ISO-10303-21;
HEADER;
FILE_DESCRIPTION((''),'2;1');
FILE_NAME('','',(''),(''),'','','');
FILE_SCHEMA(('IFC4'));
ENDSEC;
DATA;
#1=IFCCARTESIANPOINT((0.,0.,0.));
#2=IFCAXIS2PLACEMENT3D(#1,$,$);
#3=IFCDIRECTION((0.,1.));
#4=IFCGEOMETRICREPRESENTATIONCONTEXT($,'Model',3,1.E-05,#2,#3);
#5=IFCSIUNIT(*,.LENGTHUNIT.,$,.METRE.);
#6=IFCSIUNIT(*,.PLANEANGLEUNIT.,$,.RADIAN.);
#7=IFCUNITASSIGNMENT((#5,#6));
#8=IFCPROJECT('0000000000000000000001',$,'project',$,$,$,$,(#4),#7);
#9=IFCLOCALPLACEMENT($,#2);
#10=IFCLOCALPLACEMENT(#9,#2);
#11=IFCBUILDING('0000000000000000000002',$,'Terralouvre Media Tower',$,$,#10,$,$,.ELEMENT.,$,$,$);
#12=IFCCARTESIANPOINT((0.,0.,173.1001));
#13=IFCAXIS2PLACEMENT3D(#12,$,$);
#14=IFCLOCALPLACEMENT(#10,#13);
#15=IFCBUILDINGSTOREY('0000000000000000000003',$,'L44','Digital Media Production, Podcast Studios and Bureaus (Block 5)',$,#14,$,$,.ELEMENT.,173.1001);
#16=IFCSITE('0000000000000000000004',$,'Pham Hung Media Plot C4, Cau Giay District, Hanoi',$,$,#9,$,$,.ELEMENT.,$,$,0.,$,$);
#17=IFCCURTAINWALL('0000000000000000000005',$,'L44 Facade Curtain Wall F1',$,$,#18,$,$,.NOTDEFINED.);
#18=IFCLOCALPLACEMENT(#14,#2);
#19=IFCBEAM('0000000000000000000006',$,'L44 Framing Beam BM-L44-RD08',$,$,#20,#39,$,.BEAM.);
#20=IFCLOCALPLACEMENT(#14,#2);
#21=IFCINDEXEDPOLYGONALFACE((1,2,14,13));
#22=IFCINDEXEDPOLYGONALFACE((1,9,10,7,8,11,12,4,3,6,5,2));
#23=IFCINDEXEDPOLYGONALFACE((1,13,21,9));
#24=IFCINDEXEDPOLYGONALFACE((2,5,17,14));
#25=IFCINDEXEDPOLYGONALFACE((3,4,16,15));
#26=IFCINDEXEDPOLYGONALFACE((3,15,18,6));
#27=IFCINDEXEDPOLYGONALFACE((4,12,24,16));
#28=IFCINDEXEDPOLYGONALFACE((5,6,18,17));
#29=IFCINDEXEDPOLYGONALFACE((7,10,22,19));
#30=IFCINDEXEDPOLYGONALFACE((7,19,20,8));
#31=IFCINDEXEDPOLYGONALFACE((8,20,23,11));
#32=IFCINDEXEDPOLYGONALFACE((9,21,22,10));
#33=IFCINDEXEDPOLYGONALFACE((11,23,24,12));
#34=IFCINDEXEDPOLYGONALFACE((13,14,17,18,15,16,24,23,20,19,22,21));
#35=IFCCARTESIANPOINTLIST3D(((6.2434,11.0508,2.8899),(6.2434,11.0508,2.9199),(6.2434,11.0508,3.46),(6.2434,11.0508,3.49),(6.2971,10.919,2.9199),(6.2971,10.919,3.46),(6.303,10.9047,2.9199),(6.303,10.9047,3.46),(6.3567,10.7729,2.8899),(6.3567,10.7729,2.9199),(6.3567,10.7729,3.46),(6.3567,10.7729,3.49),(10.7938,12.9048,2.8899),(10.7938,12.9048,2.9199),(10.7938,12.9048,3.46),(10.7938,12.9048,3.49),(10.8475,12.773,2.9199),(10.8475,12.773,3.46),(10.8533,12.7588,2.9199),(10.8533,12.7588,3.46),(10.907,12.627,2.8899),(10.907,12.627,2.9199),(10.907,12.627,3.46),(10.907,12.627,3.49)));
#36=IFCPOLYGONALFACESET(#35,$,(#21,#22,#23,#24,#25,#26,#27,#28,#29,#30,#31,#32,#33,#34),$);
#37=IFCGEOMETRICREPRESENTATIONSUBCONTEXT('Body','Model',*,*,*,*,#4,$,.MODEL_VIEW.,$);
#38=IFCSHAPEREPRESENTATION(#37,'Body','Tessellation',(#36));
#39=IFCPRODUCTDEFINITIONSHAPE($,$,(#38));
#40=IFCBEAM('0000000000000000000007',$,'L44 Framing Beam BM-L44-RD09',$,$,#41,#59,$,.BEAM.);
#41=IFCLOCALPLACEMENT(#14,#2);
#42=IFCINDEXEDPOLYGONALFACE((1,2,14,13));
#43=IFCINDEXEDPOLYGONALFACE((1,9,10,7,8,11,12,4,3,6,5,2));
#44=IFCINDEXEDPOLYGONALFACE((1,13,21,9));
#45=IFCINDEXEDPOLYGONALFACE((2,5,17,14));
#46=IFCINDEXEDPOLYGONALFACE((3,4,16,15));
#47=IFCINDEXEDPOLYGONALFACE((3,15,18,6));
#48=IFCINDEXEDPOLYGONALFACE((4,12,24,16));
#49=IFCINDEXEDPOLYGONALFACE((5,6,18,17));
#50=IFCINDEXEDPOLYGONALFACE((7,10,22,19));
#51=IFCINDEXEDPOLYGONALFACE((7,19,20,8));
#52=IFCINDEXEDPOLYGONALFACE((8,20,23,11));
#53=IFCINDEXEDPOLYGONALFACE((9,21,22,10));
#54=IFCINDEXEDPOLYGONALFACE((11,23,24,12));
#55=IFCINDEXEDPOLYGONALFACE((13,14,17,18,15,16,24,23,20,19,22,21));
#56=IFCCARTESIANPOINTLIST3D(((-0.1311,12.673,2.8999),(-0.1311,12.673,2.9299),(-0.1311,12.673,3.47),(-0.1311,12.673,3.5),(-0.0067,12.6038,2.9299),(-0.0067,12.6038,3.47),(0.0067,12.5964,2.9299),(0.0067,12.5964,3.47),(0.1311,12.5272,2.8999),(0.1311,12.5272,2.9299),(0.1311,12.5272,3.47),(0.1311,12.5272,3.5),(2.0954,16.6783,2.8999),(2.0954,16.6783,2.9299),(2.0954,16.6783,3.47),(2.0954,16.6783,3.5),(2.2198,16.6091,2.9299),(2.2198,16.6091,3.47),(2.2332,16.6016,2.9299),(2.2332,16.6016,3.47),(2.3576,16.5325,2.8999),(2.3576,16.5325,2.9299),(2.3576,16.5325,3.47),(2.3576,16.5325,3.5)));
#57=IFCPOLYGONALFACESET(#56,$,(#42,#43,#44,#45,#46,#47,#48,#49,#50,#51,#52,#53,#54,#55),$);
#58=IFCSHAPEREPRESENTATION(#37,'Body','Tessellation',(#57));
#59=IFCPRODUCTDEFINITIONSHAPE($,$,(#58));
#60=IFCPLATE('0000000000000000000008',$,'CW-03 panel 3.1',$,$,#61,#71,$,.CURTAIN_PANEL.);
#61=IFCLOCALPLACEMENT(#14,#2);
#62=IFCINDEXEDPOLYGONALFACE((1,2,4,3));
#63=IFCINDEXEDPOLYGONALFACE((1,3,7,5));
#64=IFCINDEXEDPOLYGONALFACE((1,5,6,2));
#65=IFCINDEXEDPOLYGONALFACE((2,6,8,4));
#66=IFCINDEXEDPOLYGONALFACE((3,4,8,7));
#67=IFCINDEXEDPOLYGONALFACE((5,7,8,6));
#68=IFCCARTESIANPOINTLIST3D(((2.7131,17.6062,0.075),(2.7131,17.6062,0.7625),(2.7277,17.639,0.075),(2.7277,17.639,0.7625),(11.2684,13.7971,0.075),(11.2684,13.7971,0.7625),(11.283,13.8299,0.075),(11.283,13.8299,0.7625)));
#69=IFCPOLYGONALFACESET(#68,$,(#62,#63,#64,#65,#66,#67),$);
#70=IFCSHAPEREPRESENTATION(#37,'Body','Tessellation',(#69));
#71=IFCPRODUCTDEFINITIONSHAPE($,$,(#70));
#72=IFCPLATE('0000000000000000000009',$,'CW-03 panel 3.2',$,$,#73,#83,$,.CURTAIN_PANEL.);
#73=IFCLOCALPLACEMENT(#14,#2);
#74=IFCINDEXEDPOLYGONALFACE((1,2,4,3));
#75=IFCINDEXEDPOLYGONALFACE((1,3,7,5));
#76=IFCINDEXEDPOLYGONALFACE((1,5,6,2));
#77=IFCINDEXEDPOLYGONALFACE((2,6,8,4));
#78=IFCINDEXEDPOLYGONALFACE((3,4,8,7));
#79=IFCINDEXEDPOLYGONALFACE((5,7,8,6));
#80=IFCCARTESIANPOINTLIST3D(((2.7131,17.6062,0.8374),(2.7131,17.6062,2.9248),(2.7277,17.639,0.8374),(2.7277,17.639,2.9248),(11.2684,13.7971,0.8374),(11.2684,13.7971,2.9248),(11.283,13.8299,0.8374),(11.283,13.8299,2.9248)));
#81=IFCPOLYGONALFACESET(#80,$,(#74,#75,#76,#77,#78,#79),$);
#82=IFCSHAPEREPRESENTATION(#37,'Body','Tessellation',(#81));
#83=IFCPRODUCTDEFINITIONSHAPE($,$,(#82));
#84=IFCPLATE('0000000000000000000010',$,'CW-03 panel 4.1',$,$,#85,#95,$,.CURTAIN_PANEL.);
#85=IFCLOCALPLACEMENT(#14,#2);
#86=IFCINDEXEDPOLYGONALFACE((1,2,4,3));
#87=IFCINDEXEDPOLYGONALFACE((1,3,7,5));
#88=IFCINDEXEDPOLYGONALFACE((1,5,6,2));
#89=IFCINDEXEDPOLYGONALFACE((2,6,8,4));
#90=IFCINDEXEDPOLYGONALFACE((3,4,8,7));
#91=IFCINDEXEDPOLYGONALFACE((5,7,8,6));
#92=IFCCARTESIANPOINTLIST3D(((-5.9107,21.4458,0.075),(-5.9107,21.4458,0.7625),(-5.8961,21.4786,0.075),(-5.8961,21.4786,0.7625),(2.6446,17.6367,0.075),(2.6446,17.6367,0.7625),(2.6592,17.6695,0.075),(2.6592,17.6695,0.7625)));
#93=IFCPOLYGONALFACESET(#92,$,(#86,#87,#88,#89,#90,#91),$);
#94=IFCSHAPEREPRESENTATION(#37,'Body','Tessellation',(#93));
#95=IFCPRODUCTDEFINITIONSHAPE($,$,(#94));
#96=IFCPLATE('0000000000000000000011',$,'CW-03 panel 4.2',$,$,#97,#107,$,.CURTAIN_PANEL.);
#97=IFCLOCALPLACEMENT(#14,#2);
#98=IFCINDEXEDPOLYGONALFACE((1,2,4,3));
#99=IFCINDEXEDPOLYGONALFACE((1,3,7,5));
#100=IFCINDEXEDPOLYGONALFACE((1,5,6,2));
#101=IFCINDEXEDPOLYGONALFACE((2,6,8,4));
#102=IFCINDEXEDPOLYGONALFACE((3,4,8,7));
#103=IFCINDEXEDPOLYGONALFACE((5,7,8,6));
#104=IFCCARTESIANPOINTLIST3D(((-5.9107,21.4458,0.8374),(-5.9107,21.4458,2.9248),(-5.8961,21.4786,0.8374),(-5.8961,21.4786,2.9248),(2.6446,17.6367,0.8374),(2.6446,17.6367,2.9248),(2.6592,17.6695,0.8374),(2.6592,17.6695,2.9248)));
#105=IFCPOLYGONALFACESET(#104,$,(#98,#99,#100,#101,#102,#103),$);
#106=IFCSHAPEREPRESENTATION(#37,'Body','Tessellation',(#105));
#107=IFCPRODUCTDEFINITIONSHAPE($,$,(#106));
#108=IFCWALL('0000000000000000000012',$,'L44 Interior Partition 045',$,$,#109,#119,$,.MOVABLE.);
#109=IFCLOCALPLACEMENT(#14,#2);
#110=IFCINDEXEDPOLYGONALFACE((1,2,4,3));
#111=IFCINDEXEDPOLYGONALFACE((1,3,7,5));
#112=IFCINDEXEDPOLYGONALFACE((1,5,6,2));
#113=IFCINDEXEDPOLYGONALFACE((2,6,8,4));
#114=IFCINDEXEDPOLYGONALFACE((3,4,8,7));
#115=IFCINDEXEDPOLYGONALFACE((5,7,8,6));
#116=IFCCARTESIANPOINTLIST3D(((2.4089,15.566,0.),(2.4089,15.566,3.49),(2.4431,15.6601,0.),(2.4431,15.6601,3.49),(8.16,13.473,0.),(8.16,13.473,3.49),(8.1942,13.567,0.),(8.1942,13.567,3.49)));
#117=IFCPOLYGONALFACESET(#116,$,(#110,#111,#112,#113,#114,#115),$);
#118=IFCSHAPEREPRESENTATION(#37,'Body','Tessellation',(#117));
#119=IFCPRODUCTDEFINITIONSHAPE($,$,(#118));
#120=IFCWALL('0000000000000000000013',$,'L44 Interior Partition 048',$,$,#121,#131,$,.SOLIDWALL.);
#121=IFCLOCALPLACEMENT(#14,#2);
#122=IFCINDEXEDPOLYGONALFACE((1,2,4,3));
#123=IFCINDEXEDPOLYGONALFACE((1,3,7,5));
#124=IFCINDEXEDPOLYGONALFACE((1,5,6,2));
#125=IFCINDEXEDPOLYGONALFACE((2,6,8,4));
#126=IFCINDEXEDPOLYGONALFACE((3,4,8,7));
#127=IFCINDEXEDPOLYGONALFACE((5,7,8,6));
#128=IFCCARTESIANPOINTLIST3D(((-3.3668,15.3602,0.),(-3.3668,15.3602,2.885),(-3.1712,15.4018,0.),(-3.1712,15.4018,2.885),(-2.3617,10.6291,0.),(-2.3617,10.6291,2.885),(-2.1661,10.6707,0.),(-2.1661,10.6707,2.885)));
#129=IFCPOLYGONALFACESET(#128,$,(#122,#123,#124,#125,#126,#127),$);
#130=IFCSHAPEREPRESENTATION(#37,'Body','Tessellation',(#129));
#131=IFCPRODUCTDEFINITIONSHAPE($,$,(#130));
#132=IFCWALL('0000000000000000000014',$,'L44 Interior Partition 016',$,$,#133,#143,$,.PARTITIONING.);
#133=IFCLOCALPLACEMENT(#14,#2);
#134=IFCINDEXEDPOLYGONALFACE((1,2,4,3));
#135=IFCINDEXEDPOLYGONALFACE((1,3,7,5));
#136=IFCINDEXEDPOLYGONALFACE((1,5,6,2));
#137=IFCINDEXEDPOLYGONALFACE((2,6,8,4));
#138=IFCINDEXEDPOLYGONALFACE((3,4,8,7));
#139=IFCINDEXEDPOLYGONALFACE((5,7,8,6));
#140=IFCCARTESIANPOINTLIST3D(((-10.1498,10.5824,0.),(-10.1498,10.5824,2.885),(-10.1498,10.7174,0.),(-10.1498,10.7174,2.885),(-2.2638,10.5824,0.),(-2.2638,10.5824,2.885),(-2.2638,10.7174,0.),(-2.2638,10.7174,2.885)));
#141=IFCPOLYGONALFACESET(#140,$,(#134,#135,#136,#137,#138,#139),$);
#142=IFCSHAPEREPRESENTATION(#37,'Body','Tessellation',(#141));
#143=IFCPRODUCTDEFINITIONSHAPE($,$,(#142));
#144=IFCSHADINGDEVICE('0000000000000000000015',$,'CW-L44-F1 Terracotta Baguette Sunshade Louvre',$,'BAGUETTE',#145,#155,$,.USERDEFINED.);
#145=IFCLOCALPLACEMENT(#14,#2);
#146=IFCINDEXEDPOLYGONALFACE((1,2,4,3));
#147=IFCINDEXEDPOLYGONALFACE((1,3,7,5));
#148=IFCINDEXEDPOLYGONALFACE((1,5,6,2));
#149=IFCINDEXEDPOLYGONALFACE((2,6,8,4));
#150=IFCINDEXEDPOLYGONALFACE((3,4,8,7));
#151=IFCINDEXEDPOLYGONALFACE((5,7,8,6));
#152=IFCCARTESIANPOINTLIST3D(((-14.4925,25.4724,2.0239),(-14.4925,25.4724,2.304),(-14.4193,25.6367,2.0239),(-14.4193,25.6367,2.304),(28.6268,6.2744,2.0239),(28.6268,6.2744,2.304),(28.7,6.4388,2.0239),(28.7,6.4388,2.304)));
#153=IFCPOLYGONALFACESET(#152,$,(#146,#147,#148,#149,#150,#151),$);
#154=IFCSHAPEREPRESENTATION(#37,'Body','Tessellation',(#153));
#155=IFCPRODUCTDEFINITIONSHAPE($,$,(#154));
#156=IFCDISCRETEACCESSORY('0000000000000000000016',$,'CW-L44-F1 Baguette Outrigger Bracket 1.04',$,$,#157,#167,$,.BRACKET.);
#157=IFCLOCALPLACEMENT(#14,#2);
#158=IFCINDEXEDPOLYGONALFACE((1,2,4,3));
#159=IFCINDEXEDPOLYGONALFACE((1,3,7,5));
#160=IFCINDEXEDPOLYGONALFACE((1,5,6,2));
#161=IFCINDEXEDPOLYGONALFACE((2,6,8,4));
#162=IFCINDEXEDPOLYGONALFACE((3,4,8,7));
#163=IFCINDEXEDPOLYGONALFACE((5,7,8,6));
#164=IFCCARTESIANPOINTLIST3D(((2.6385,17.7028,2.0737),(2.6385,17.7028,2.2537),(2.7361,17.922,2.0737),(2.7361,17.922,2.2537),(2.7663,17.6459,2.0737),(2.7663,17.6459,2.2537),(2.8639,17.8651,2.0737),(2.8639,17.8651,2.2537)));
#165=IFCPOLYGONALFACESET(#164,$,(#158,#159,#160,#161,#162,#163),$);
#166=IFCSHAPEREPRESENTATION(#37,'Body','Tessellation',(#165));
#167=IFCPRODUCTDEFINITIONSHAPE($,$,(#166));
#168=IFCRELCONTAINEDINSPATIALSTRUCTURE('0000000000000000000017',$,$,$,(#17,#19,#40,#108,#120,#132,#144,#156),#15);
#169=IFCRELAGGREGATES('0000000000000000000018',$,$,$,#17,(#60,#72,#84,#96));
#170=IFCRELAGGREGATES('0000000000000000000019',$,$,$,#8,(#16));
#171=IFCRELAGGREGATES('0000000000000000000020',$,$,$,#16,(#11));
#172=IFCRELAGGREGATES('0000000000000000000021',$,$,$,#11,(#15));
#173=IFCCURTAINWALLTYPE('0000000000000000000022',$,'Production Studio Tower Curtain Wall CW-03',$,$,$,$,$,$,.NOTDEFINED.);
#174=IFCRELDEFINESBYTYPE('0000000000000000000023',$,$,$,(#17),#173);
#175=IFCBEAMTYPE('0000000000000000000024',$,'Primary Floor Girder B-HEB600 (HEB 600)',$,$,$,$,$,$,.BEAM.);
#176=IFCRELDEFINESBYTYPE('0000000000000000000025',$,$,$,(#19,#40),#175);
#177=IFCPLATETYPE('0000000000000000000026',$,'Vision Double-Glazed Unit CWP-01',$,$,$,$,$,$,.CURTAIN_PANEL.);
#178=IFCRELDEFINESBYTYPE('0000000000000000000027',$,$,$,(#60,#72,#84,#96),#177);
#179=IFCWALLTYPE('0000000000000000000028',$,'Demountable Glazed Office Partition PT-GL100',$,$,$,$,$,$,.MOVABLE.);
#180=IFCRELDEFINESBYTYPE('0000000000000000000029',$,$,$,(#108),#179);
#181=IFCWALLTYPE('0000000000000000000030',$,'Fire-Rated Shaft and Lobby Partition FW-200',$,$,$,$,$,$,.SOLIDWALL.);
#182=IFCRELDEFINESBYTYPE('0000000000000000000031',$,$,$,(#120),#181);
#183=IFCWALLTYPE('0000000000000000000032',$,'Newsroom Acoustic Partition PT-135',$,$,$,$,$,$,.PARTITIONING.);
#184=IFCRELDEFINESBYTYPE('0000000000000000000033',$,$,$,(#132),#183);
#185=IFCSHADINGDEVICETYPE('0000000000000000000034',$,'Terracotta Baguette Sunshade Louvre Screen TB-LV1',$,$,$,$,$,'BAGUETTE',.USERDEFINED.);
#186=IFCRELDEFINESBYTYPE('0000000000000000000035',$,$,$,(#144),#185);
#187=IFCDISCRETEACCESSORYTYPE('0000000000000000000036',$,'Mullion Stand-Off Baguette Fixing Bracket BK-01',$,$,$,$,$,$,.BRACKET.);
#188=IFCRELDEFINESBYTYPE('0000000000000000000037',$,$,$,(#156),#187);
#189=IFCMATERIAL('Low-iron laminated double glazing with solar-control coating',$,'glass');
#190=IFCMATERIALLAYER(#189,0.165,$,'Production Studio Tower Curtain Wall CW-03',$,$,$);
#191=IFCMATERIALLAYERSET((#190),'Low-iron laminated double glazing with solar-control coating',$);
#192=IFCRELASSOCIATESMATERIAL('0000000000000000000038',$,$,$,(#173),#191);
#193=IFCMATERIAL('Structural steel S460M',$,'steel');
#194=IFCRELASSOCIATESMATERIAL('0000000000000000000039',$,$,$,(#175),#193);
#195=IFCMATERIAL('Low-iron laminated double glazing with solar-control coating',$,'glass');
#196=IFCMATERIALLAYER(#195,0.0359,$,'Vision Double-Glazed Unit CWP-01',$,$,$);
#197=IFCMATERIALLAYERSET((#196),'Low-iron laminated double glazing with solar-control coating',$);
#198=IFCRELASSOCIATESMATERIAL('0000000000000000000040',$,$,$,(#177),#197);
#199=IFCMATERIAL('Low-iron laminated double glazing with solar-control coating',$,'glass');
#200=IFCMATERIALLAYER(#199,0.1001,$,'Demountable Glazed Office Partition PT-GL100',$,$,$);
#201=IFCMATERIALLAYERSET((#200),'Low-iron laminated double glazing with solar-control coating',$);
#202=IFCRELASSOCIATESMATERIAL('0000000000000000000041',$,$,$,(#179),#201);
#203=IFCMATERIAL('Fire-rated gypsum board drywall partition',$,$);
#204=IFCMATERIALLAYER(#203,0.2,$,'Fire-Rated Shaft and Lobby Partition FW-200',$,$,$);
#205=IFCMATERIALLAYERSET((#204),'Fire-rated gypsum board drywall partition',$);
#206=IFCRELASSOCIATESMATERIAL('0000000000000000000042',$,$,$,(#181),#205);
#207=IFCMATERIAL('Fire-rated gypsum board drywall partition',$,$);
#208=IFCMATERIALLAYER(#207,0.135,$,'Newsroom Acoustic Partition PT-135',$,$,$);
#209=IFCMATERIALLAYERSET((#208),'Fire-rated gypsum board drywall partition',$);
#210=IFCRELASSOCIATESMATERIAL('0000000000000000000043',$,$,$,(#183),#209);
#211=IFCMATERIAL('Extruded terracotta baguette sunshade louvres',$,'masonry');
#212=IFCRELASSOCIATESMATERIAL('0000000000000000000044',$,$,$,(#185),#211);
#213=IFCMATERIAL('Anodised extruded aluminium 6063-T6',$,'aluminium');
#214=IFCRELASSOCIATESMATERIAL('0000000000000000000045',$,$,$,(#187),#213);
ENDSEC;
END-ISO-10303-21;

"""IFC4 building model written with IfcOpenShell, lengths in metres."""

from ifc_helpers import new_model, si_unit, direction, frame, frame_2d, origin, origin_2d, place, context, subcontext, project, spatial, rectangle, i_section, extrude, material, layer, layer_set, material_profile, profile_set, type_object, element, aggregate, save


model = new_model("IFC4")

# Units and contexts
model_context = context("Model", 3, precision=1e-05, world=origin(), true_north=direction((0.0, 1.0)))
body_context = subcontext(model_context, "Body", "Model", "MODEL_VIEW")
ifc_project = project(units=[si_unit("LENGTHUNIT", "METRE"), si_unit("PLANEANGLEUNIT", "RADIAN")], contexts=[model_context])

# Site, building, storey
site_placement = place(None, origin())
site = spatial("IfcSite", under=ifc_project, at=site_placement, Name="Pham Hung Media Plot C4, Cau Giay District, Hanoi", CompositionType="ELEMENT", RefElevation=0.0)
building_placement = place(site_placement, origin())
building = spatial("IfcBuilding", under=site, at=building_placement, Name="Terralouvre Media Tower", CompositionType="ELEMENT")
storey_placement = place(building_placement, frame((0.0, 0.0, 173.1001)))
storey = spatial("IfcBuildingStorey", under=building, at=storey_placement, Name="L44", Description="Digital Media Production, Podcast Studios and Bureaus (Block 5)", CompositionType="ELEMENT", Elevation=173.1001)

# Curtain wall
ifc_material_1 = material(Name="Low-iron laminated double glazing with solar-control coating", Category="glass")
ifc_layer_1 = layer(ifc_material_1, 0.165, Name="Production Studio Tower Curtain Wall CW-03")
ifc_layer_set_1 = layer_set([ifc_layer_1], Name="Low-iron laminated double glazing with solar-control coating")
curtain_wall_type = type_object("IfcCurtainWallType", Name="Production Studio Tower Curtain Wall CW-03", PredefinedType="NOTDEFINED", material=ifc_layer_set_1)
curtain_wall_placement = place(storey_placement, origin())
curtain_wall = element("IfcCurtainWall", 1, at=curtain_wall_placement, inside=storey, type_object=curtain_wall_type, Name="L44 Facade Curtain Wall F1", PredefinedType="NOTDEFINED")

# Beams
ifc_material_2 = material(Name="Structural steel S460M", Category="steel")
ifc_material_profile_1 = material_profile(ifc_material_2, i_section(OverallWidth=0.3, OverallDepth=0.6001, WebThickness=0.0154, FlangeThickness=0.03, at=origin_2d()), Name="HEB 600")
ifc_profile_set_1 = profile_set([ifc_material_profile_1], Name="Structural steel S460M")
beam_type_1 = type_object("IfcBeamType", Name="Primary Floor Girder B-HEB600 (HEB 600)", PredefinedType="BEAM", material=ifc_profile_set_1)
beam_1_placement = place(storey_placement, frame((6.3, 10.9119, 3.1899), z_axis=(0.926079, 0.377328, 0.0), x_axis=(-0.377328, 0.926079, 0.0)))
element("IfcBeam", 2, at=beam_1_placement, inside=storey, type_object=beam_type_1, Name="L44 Framing Beam BM-L44-RD08", PredefinedType="BEAM", context=body_context, shape_type="SweptSolid", body=[
    extrude(i_section(OverallWidth=0.3, OverallDepth=0.6001, WebThickness=0.0154, FlangeThickness=0.03, at=origin_2d()), origin(), (0.0, 0.0, 1.0), 4.9136),
])
beam_2_placement = place(storey_placement, frame((0.0, 12.6001, 3.2), z_axis=(0.485869, 0.874032, 0.0), x_axis=(-0.874032, 0.485869, 0.0)))
element("IfcBeam", 3, at=beam_2_placement, inside=storey, type_object=beam_type_1, Name="L44 Framing Beam BM-L44-RD09", PredefinedType="BEAM", context=body_context, shape_type="SweptSolid", body=[
    extrude(i_section(OverallWidth=0.3, OverallDepth=0.6001, WebThickness=0.0154, FlangeThickness=0.03, at=origin_2d()), origin(), (0.0, 0.0, 1.0), 4.5825),
])

# Plates
ifc_material_3 = material(Name="Low-iron laminated double glazing with solar-control coating", Category="glass")
ifc_layer_2 = layer(ifc_material_3, 0.0359, Name="Vision Double-Glazed Unit CWP-01")
ifc_layer_set_2 = layer_set([ifc_layer_2], Name="Low-iron laminated double glazing with solar-control coating")
plate_type = type_object("IfcPlateType", Name="Vision Double-Glazed Unit CWP-01", PredefinedType="CURTAIN_PANEL", material=ifc_layer_set_2)
plate_1_placement = place(storey_placement, frame((6.998, 15.718, 0.075), z_axis=(0.0, 0.0, 1.0), x_axis=(-0.913545, 0.406737, 0.0)))
plate_1 = element("IfcPlate", 4, at=plate_1_placement, type_object=plate_type, Name="CW-03 panel 3.1", PredefinedType="CURTAIN_PANEL", context=body_context, shape_type="SweptSolid", body=[
    extrude(rectangle(XDim=9.365, YDim=0.0359, at=origin_2d()), origin(), (0.0, 0.0, 1.0), 0.6875),
])
plate_2_placement = place(storey_placement, frame((6.998, 15.718, 0.8374), z_axis=(0.0, 0.0, 1.0), x_axis=(-0.913545, 0.406737, 0.0)))
plate_2 = element("IfcPlate", 5, at=plate_2_placement, type_object=plate_type, Name="CW-03 panel 3.2", PredefinedType="CURTAIN_PANEL", context=body_context, shape_type="SweptSolid", body=[
    extrude(rectangle(XDim=9.365, YDim=0.0359, at=origin_2d()), origin(), (0.0, 0.0, 1.0), 2.0874),
])
plate_3_placement = place(storey_placement, frame((-1.6257, 19.5576, 0.075), z_axis=(0.0, 0.0, 1.0), x_axis=(-0.913545, 0.406737, 0.0)))
plate_3 = element("IfcPlate", 6, at=plate_3_placement, type_object=plate_type, Name="CW-03 panel 4.1", PredefinedType="CURTAIN_PANEL", context=body_context, shape_type="SweptSolid", body=[
    extrude(rectangle(XDim=9.365, YDim=0.0359, at=origin_2d()), origin(), (0.0, 0.0, 1.0), 0.6875),
])
plate_4_placement = place(storey_placement, frame((-1.6257, 19.5576, 0.8374), z_axis=(0.0, 0.0, 1.0), x_axis=(-0.913545, 0.406737, 0.0)))
plate_4 = element("IfcPlate", 7, at=plate_4_placement, type_object=plate_type, Name="CW-03 panel 4.2", PredefinedType="CURTAIN_PANEL", context=body_context, shape_type="SweptSolid", body=[
    extrude(rectangle(XDim=9.365, YDim=0.0359, at=origin_2d()), origin(), (0.0, 0.0, 1.0), 2.0874),
])
aggregate(curtain_wall, [plate_1, plate_2, plate_3, plate_4])

# Walls
ifc_material_4 = material(Name="Low-iron laminated double glazing with solar-control coating", Category="glass")
ifc_layer_3 = layer(ifc_material_4, 0.1001, Name="Demountable Glazed Office Partition PT-GL100")
ifc_layer_set_3 = layer_set([ifc_layer_3], Name="Low-iron laminated double glazing with solar-control coating")
wall_type_1 = type_object("IfcWallType", Name="Demountable Glazed Office Partition PT-GL100", PredefinedType="MOVABLE", material=ifc_layer_set_3)
wall_1_placement = place(storey_placement, frame((2.426, 15.613, 0.0), z_axis=(0.0, 0.0, 1.0), x_axis=(0.939701, -0.341996, 0.0)))
element("IfcWall", 8, at=wall_1_placement, inside=storey, type_object=wall_type_1, Name="L44 Interior Partition 045", PredefinedType="MOVABLE", context=body_context, shape_type="SweptSolid", body=[
    extrude(rectangle(XDim=6.1201, YDim=0.1001, at=frame_2d((3.0601, 0.0))), origin(), (0.0, 0.0, 1.0), 3.49),
])
ifc_material_5 = material(Name="Fire-rated gypsum board drywall partition")
ifc_layer_4 = layer(ifc_material_5, 0.2, Name="Fire-Rated Shaft and Lobby Partition FW-200")
ifc_layer_set_4 = layer_set([ifc_layer_4], Name="Fire-rated gypsum board drywall partition")
wall_type_2 = type_object("IfcWallType", Name="Fire-Rated Shaft and Lobby Partition FW-200", PredefinedType="SOLIDWALL", material=ifc_layer_set_4)
wall_2_placement = place(storey_placement, frame((-3.269, 15.3811, 0.0), z_axis=(0.0, 0.0, 1.0), x_axis=(0.207809, -0.978169, 0.0)))
element("IfcWall", 9, at=wall_2_placement, inside=storey, type_object=wall_type_2, Name="L44 Interior Partition 048", PredefinedType="SOLIDWALL", context=body_context, shape_type="SweptSolid", body=[
    extrude(rectangle(XDim=4.8367, YDim=0.2, at=frame_2d((2.4185, 0.0))), origin(), (0.0, 0.0, 1.0), 2.885),
])
ifc_material_6 = material(Name="Fire-rated gypsum board drywall partition")
ifc_layer_5 = layer(ifc_material_6, 0.135, Name="Newsroom Acoustic Partition PT-135")
ifc_layer_set_5 = layer_set([ifc_layer_5], Name="Fire-rated gypsum board drywall partition")
wall_type_3 = type_object("IfcWallType", Name="Newsroom Acoustic Partition PT-135", PredefinedType="PARTITIONING", material=ifc_layer_set_5)
wall_3_placement = place(storey_placement, frame((-2.2639, 10.6499, 0.0), z_axis=(0.0, 0.0, 1.0), x_axis=(-1.0, 0.0, 0.0)))
element("IfcWall", 10, at=wall_3_placement, inside=storey, type_object=wall_type_3, Name="L44 Interior Partition 016", PredefinedType="PARTITIONING", context=body_context, shape_type="SweptSolid", body=[
    extrude(rectangle(XDim=7.886, YDim=0.135, at=frame_2d((3.9429, 0.0))), origin(), (0.0, 0.0, 1.0), 2.885),
])

# Shading device
ifc_material_7 = material(Name="Extruded terracotta baguette sunshade louvres", Category="masonry")
shading_device_type = type_object("IfcShadingDeviceType", Name="Terracotta Baguette Sunshade Louvre Screen TB-LV1", ElementType="BAGUETTE", PredefinedType="USERDEFINED", material=ifc_material_7)
shading_device_placement = place(storey_placement, frame((7.1038, 15.9556, 2.0239), z_axis=(0.0, 0.0, 1.0), x_axis=(-0.913545, 0.406737, 0.0)))
element("IfcShadingDevice", 11, at=shading_device_placement, inside=storey, type_object=shading_device_type, Name="CW-L44-F1 Terracotta Baguette Sunshade Louvre", ObjectType="BAGUETTE", PredefinedType="USERDEFINED", context=body_context, shape_type="SweptSolid", body=[
    extrude(rectangle(XDim=47.2, YDim=0.1799, at=origin_2d()), origin(), (0.0, 0.0, 1.0), 0.28),
])

# Discrete accessory
ifc_material_8 = material(Name="Anodised extruded aluminium 6063-T6", Category="aluminium")
discrete_accessory_type = type_object("IfcDiscreteAccessoryType", Name="Mullion Stand-Off Baguette Fixing Bracket BK-01", PredefinedType="BRACKET", material=ifc_material_8)
discrete_accessory_placement = place(storey_placement, frame((2.7512, 17.7839, 2.0737), z_axis=(0.0, 0.0, 1.0), x_axis=(-0.913545, 0.406737, 0.0)))
element("IfcDiscreteAccessory", 12, at=discrete_accessory_placement, inside=storey, type_object=discrete_accessory_type, Name="CW-L44-F1 Baguette Outrigger Bracket 1.04", PredefinedType="BRACKET", context=body_context, shape_type="SweptSolid", body=[
    extrude(rectangle(XDim=0.1399, YDim=0.24, at=origin_2d()), origin(), (0.0, 0.0, 1.0), 0.1799),
])

save(model, "model.ifc")
